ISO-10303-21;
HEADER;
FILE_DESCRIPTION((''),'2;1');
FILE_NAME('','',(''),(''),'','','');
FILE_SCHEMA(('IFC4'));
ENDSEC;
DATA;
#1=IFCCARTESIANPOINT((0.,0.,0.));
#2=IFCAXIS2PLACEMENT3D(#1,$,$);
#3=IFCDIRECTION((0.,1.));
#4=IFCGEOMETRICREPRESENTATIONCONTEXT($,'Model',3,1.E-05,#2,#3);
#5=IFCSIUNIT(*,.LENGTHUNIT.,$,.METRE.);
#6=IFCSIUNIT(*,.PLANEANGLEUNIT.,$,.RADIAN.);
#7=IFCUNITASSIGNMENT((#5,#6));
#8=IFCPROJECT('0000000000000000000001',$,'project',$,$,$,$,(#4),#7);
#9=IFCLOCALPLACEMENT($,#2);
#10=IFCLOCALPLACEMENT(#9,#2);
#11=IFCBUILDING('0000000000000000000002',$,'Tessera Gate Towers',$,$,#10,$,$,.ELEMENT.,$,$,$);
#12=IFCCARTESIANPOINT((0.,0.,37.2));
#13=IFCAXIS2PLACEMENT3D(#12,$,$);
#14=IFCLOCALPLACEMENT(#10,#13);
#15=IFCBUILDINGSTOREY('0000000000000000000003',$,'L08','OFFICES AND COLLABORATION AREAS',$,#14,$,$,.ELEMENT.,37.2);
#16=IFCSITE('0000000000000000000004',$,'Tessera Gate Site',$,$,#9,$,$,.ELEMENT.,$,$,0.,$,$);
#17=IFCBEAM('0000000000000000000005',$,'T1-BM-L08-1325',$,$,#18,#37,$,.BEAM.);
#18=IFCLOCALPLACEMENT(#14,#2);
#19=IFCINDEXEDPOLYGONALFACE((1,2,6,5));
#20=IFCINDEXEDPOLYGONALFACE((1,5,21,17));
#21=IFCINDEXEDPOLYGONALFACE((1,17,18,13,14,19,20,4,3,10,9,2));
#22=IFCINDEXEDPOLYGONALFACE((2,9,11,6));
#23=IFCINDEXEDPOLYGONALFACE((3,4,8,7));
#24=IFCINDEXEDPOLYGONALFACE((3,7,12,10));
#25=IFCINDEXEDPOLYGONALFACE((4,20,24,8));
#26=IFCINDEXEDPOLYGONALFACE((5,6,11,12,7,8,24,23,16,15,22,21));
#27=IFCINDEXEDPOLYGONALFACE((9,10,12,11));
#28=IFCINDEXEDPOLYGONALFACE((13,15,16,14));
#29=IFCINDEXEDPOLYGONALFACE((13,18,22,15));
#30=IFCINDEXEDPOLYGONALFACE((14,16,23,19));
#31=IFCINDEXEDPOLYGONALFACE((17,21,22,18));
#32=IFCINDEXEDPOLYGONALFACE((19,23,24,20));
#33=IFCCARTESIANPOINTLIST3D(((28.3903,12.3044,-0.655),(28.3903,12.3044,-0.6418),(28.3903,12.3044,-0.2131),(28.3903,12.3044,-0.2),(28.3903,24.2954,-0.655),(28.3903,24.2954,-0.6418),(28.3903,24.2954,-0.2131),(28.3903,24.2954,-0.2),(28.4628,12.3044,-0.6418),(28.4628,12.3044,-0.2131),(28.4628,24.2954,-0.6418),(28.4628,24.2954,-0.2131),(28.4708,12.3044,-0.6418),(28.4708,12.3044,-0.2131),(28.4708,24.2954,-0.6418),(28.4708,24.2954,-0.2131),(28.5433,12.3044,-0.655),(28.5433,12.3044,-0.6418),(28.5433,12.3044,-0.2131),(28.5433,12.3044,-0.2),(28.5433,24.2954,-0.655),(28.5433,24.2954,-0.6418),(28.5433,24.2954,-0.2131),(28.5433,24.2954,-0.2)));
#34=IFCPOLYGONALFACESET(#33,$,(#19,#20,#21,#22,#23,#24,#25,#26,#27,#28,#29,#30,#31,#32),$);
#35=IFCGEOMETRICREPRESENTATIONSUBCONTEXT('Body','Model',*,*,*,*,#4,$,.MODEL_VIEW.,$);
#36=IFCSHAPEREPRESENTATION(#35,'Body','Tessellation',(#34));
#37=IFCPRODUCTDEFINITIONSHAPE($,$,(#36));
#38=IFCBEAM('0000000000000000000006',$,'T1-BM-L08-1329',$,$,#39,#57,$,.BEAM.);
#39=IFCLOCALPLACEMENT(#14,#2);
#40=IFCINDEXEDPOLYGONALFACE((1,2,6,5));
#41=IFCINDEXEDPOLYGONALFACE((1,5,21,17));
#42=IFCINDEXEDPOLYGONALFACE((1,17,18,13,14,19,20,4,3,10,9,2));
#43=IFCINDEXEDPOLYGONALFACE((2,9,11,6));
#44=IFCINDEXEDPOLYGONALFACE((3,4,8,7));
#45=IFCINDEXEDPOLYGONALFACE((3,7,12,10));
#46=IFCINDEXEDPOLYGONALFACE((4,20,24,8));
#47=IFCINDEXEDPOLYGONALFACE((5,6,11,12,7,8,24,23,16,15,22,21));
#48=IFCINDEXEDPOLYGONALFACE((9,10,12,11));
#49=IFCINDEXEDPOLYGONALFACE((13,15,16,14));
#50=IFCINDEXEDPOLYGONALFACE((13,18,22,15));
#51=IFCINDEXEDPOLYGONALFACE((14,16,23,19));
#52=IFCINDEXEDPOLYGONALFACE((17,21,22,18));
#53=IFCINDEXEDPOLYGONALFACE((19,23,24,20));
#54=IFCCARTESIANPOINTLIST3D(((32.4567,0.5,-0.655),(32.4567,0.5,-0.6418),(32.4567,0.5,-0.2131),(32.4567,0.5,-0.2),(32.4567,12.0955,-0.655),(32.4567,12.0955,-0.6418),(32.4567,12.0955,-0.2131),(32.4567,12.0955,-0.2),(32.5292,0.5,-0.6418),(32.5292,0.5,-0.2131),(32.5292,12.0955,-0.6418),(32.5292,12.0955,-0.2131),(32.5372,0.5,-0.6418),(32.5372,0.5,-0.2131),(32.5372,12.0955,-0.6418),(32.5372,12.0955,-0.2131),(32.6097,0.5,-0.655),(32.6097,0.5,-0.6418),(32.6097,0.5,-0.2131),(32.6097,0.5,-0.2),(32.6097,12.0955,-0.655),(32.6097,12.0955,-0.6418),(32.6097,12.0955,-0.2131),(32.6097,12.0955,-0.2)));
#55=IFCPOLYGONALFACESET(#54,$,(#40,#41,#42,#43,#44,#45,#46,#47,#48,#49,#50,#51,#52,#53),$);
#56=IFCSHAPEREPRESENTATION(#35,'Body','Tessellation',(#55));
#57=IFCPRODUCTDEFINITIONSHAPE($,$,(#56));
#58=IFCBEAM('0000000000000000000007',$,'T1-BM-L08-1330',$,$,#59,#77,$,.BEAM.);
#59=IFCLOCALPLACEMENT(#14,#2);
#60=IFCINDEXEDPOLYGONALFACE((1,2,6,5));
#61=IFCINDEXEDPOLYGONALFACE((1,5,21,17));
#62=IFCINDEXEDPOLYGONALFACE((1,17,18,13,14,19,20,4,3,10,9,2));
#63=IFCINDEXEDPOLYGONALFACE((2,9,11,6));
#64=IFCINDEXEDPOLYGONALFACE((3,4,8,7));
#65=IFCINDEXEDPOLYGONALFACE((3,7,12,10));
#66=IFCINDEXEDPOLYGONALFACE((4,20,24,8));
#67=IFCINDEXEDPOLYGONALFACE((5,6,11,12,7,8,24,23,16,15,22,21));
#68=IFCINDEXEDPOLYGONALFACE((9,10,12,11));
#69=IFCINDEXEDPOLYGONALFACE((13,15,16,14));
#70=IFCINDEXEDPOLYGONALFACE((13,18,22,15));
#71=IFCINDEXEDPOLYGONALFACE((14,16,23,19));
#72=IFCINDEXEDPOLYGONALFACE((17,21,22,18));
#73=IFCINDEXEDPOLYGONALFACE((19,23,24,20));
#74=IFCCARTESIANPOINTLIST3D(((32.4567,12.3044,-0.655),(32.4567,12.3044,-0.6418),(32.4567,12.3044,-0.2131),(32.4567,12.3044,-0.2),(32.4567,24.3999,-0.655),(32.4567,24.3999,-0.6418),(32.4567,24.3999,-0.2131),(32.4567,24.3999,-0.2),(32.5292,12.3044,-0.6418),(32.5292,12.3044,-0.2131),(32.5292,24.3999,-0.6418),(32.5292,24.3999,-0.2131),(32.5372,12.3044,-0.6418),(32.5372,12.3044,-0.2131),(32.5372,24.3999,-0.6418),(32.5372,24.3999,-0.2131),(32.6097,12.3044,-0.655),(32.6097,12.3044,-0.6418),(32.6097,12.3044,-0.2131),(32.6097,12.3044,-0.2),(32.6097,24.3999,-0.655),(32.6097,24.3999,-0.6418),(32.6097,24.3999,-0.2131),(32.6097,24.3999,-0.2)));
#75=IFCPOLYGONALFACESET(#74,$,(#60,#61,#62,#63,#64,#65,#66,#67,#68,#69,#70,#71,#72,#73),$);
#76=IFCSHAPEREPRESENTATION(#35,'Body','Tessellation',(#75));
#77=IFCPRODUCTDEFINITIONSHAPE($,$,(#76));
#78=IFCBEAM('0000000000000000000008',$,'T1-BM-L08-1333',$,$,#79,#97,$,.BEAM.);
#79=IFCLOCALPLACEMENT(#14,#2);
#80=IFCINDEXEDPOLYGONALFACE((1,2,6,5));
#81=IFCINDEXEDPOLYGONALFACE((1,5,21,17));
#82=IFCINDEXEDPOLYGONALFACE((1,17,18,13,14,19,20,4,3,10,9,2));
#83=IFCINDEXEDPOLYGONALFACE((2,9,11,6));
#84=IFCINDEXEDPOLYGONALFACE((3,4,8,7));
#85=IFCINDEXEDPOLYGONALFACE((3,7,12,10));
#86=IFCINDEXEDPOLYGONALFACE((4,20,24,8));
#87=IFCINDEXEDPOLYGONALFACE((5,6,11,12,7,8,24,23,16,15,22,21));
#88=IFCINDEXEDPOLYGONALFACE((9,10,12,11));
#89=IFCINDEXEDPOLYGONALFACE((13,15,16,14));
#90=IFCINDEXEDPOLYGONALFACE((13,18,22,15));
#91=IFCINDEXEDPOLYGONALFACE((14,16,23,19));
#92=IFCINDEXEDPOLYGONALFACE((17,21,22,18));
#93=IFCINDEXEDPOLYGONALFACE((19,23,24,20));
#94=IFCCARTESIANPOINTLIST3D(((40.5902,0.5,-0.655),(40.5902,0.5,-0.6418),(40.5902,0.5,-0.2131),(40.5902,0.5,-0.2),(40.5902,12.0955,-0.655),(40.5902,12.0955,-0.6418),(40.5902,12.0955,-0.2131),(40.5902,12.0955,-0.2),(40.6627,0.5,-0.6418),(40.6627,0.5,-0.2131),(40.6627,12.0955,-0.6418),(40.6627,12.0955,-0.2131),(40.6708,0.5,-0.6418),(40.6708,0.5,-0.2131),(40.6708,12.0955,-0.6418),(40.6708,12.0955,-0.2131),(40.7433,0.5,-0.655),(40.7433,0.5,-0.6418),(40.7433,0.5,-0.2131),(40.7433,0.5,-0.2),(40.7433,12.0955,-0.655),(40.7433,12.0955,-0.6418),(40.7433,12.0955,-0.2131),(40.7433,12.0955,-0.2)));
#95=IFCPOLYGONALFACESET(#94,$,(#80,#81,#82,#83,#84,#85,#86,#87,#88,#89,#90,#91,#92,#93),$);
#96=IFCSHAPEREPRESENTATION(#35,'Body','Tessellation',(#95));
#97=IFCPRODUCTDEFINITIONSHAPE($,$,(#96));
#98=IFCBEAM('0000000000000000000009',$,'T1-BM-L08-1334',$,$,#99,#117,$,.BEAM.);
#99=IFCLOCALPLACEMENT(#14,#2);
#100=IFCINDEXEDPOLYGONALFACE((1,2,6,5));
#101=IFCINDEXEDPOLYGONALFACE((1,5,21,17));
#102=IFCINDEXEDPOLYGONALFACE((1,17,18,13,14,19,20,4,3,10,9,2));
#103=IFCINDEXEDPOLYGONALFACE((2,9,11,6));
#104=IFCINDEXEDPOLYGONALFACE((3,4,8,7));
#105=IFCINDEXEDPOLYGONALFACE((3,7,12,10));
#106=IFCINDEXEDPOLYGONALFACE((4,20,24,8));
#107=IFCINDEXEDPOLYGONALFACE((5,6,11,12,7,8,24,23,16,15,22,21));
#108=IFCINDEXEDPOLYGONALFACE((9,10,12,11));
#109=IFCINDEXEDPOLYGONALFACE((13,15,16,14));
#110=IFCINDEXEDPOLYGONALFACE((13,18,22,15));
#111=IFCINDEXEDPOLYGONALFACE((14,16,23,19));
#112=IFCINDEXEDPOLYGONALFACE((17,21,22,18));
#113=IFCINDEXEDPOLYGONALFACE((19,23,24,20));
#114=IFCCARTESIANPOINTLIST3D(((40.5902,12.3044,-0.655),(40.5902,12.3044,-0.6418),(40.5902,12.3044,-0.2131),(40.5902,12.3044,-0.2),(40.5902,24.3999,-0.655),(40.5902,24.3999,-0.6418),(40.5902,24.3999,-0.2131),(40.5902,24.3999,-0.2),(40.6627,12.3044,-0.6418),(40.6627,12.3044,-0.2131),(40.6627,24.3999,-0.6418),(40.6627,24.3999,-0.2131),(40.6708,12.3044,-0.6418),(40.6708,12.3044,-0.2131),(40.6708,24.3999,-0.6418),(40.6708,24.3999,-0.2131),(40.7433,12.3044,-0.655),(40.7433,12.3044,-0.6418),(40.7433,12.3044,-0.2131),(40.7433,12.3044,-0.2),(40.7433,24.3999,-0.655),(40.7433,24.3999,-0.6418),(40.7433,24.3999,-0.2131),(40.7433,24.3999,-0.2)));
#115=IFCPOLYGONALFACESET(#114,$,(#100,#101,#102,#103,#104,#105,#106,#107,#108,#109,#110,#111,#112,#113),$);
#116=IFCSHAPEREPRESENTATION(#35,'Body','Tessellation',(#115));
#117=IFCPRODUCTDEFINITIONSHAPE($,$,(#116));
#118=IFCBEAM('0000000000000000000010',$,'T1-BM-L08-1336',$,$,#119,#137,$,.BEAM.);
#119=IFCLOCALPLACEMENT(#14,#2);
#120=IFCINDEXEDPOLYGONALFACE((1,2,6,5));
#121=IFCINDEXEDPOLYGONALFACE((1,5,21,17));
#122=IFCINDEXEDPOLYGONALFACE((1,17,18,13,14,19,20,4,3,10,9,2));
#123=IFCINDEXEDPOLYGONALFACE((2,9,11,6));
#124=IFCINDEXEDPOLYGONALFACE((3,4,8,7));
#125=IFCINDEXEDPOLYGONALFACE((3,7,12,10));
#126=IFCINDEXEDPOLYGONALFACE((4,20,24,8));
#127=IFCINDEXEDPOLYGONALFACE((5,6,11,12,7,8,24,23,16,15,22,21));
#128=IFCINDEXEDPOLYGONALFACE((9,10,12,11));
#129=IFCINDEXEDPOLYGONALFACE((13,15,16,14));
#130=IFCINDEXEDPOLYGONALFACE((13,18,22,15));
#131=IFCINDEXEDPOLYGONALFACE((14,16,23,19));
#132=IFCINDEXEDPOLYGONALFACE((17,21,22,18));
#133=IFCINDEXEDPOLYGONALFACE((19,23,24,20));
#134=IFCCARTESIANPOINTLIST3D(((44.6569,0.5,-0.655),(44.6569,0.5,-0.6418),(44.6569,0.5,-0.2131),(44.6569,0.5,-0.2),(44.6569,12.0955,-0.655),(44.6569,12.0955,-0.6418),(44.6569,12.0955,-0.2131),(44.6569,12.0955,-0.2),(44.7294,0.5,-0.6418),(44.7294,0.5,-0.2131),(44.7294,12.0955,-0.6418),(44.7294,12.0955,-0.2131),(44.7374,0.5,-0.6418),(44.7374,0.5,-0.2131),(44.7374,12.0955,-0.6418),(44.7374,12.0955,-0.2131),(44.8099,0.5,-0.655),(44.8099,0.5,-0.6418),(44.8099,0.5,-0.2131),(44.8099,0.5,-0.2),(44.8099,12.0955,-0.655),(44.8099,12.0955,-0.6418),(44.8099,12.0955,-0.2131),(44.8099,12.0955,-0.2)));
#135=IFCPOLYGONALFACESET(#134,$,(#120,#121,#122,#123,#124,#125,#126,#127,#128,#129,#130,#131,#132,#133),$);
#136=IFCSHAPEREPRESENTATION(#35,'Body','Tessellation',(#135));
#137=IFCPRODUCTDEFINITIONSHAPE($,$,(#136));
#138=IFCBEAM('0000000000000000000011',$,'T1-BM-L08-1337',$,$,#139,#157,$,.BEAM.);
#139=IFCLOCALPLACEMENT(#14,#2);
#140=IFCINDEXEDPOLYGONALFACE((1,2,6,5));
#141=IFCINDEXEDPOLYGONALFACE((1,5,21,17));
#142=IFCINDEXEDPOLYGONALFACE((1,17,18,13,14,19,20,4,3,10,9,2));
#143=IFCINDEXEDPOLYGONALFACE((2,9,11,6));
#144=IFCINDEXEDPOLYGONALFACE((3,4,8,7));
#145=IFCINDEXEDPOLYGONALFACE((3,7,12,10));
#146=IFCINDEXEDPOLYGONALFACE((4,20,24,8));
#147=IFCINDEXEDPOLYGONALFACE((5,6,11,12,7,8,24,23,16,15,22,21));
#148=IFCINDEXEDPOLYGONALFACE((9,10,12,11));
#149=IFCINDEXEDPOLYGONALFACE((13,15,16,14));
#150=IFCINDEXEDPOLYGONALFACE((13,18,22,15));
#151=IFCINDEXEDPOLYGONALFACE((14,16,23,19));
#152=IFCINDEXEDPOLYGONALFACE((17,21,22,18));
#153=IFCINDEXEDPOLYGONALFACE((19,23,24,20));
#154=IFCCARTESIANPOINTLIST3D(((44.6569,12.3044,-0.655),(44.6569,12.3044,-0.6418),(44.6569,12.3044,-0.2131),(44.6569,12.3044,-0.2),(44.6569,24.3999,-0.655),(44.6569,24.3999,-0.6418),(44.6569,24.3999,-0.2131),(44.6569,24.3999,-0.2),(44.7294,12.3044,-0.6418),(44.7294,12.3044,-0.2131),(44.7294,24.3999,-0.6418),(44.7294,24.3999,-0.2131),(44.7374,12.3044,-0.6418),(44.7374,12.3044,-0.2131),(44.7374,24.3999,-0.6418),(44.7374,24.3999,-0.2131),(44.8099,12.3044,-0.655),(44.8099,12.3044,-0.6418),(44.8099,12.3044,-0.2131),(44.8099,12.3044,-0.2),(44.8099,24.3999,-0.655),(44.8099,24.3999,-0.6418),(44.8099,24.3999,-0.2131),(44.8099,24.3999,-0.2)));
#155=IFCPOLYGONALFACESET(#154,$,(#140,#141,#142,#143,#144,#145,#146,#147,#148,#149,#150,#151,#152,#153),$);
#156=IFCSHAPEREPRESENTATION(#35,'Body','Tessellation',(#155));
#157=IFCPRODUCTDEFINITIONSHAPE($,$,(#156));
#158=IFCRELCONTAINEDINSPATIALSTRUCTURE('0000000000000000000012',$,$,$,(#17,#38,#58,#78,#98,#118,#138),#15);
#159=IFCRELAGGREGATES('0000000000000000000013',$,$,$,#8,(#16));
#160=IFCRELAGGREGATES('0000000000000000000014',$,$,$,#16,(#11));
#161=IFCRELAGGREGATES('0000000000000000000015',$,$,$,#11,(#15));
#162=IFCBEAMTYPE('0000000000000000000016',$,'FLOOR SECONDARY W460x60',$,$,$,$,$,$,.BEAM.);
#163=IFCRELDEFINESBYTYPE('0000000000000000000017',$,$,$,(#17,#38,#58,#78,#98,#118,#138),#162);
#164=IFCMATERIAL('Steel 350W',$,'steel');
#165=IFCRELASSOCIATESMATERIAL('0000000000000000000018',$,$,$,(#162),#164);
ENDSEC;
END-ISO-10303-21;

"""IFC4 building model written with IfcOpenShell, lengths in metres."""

from ifc_helpers import new_model, si_unit, direction, frame, origin, origin_2d, place, context, subcontext, project, spatial, i_section, extrude, material, material_profile, profile_set, type_object, element, save


model = new_model("IFC4")

# Units and contexts
model_context = context("Model", 3, precision=1e-05, world=origin(), true_north=direction((0.0, 1.0)))
body_context = subcontext(model_context, "Body", "Model", "MODEL_VIEW")
ifc_project = project(units=[si_unit("LENGTHUNIT", "METRE"), si_unit("PLANEANGLEUNIT", "RADIAN")], contexts=[model_context])

# Site, building, storey
site_placement = place(None, origin())
site = spatial("IfcSite", under=ifc_project, at=site_placement, Name="Tessera Gate Site", CompositionType="ELEMENT", RefElevation=0.0)
building_placement = place(site_placement, origin())
building = spatial("IfcBuilding", under=site, at=building_placement, Name="Tessera Gate Towers", CompositionType="ELEMENT")
storey_placement = place(building_placement, frame((0.0, 0.0, 37.2)))
storey = spatial("IfcBuildingStorey", under=building, at=storey_placement, Name="L08", Description="OFFICES AND COLLABORATION AREAS", CompositionType="ELEMENT", Elevation=37.2)

# Beams
ifc_material_1 = material(Name="Steel 350W", Category="steel")
ifc_material_profile_1 = material_profile(ifc_material_1, i_section(OverallWidth=0.1531, OverallDepth=0.4551, WebThickness=0.0081, FlangeThickness=0.0132, at=origin_2d()), Name="W460x60")
ifc_profile_set_1 = profile_set([ifc_material_profile_1], Name="Steel 350W")
beam_type_1 = type_object("IfcBeamType", Name="FLOOR SECONDARY W460x60", PredefinedType="BEAM", material=ifc_profile_set_1)
beam_1_placement = place(storey_placement, frame((28.4668, 12.3044, -0.4275), z_axis=(0.0, 1.0, 0.0), x_axis=(-1.0, 0.0, 0.0)))
element("IfcBeam", 1, at=beam_1_placement, inside=storey, type_object=beam_type_1, Name="T1-BM-L08-1325", PredefinedType="BEAM", context=body_context, shape_type="SweptSolid", body=[
    extrude(i_section(OverallWidth=0.1531, OverallDepth=0.4551, WebThickness=0.0081, FlangeThickness=0.0132, at=origin_2d()), origin(), (0.0, 0.0, 1.0), 11.991),
])
beam_2_placement = place(storey_placement, frame((32.5332, 0.5, -0.4275), z_axis=(0.0, 1.0, 0.0), x_axis=(-1.0, 0.0, 0.0)))
element("IfcBeam", 2, at=beam_2_placement, inside=storey, type_object=beam_type_1, Name="T1-BM-L08-1329", PredefinedType="BEAM", context=body_context, shape_type="SweptSolid", body=[
    extrude(i_section(OverallWidth=0.1531, OverallDepth=0.4551, WebThickness=0.0081, FlangeThickness=0.0132, at=origin_2d()), origin(), (0.0, 0.0, 1.0), 11.5955),
])
beam_3_placement = place(storey_placement, frame((32.5332, 12.3044, -0.4275), z_axis=(0.0, 1.0, 0.0), x_axis=(-1.0, 0.0, 0.0)))
element("IfcBeam", 3, at=beam_3_placement, inside=storey, type_object=beam_type_1, Name="T1-BM-L08-1330", PredefinedType="BEAM", context=body_context, shape_type="SweptSolid", body=[
    extrude(i_section(OverallWidth=0.1531, OverallDepth=0.4551, WebThickness=0.0081, FlangeThickness=0.0132, at=origin_2d()), origin(), (0.0, 0.0, 1.0), 12.0955),
])
beam_4_placement = place(storey_placement, frame((40.6667, 0.5, -0.4275), z_axis=(0.0, 1.0, 0.0), x_axis=(-1.0, 0.0, 0.0)))
element("IfcBeam", 4, at=beam_4_placement, inside=storey, type_object=beam_type_1, Name="T1-BM-L08-1333", PredefinedType="BEAM", context=body_context, shape_type="SweptSolid", body=[
    extrude(i_section(OverallWidth=0.1531, OverallDepth=0.4551, WebThickness=0.0081, FlangeThickness=0.0132, at=origin_2d()), origin(), (0.0, 0.0, 1.0), 11.5955),
])
beam_5_placement = place(storey_placement, frame((40.6667, 12.3044, -0.4275), z_axis=(0.0, 1.0, 0.0), x_axis=(-1.0, 0.0, 0.0)))
element("IfcBeam", 5, at=beam_5_placement, inside=storey, type_object=beam_type_1, Name="T1-BM-L08-1334", PredefinedType="BEAM", context=body_context, shape_type="SweptSolid", body=[
    extrude(i_section(OverallWidth=0.1531, OverallDepth=0.4551, WebThickness=0.0081, FlangeThickness=0.0132, at=origin_2d()), origin(), (0.0, 0.0, 1.0), 12.0955),
])
beam_6_placement = place(storey_placement, frame((44.7334, 0.5, -0.4275), z_axis=(0.0, 1.0, 0.0), x_axis=(-1.0, 0.0, 0.0)))
element("IfcBeam", 6, at=beam_6_placement, inside=storey, type_object=beam_type_1, Name="T1-BM-L08-1336", PredefinedType="BEAM", context=body_context, shape_type="SweptSolid", body=[
    extrude(i_section(OverallWidth=0.1531, OverallDepth=0.4551, WebThickness=0.0081, FlangeThickness=0.0132, at=origin_2d()), origin(), (0.0, 0.0, 1.0), 11.5955),
])
beam_7_placement = place(storey_placement, frame((44.7334, 12.3044, -0.4275), z_axis=(0.0, 1.0, 0.0), x_axis=(-1.0, 0.0, 0.0)))
element("IfcBeam", 7, at=beam_7_placement, inside=storey, type_object=beam_type_1, Name="T1-BM-L08-1337", PredefinedType="BEAM", context=body_context, shape_type="SweptSolid", body=[
    extrude(i_section(OverallWidth=0.1531, OverallDepth=0.4551, WebThickness=0.0081, FlangeThickness=0.0132, at=origin_2d()), origin(), (0.0, 0.0, 1.0), 12.0955),
])

save(model, "model.ifc")
